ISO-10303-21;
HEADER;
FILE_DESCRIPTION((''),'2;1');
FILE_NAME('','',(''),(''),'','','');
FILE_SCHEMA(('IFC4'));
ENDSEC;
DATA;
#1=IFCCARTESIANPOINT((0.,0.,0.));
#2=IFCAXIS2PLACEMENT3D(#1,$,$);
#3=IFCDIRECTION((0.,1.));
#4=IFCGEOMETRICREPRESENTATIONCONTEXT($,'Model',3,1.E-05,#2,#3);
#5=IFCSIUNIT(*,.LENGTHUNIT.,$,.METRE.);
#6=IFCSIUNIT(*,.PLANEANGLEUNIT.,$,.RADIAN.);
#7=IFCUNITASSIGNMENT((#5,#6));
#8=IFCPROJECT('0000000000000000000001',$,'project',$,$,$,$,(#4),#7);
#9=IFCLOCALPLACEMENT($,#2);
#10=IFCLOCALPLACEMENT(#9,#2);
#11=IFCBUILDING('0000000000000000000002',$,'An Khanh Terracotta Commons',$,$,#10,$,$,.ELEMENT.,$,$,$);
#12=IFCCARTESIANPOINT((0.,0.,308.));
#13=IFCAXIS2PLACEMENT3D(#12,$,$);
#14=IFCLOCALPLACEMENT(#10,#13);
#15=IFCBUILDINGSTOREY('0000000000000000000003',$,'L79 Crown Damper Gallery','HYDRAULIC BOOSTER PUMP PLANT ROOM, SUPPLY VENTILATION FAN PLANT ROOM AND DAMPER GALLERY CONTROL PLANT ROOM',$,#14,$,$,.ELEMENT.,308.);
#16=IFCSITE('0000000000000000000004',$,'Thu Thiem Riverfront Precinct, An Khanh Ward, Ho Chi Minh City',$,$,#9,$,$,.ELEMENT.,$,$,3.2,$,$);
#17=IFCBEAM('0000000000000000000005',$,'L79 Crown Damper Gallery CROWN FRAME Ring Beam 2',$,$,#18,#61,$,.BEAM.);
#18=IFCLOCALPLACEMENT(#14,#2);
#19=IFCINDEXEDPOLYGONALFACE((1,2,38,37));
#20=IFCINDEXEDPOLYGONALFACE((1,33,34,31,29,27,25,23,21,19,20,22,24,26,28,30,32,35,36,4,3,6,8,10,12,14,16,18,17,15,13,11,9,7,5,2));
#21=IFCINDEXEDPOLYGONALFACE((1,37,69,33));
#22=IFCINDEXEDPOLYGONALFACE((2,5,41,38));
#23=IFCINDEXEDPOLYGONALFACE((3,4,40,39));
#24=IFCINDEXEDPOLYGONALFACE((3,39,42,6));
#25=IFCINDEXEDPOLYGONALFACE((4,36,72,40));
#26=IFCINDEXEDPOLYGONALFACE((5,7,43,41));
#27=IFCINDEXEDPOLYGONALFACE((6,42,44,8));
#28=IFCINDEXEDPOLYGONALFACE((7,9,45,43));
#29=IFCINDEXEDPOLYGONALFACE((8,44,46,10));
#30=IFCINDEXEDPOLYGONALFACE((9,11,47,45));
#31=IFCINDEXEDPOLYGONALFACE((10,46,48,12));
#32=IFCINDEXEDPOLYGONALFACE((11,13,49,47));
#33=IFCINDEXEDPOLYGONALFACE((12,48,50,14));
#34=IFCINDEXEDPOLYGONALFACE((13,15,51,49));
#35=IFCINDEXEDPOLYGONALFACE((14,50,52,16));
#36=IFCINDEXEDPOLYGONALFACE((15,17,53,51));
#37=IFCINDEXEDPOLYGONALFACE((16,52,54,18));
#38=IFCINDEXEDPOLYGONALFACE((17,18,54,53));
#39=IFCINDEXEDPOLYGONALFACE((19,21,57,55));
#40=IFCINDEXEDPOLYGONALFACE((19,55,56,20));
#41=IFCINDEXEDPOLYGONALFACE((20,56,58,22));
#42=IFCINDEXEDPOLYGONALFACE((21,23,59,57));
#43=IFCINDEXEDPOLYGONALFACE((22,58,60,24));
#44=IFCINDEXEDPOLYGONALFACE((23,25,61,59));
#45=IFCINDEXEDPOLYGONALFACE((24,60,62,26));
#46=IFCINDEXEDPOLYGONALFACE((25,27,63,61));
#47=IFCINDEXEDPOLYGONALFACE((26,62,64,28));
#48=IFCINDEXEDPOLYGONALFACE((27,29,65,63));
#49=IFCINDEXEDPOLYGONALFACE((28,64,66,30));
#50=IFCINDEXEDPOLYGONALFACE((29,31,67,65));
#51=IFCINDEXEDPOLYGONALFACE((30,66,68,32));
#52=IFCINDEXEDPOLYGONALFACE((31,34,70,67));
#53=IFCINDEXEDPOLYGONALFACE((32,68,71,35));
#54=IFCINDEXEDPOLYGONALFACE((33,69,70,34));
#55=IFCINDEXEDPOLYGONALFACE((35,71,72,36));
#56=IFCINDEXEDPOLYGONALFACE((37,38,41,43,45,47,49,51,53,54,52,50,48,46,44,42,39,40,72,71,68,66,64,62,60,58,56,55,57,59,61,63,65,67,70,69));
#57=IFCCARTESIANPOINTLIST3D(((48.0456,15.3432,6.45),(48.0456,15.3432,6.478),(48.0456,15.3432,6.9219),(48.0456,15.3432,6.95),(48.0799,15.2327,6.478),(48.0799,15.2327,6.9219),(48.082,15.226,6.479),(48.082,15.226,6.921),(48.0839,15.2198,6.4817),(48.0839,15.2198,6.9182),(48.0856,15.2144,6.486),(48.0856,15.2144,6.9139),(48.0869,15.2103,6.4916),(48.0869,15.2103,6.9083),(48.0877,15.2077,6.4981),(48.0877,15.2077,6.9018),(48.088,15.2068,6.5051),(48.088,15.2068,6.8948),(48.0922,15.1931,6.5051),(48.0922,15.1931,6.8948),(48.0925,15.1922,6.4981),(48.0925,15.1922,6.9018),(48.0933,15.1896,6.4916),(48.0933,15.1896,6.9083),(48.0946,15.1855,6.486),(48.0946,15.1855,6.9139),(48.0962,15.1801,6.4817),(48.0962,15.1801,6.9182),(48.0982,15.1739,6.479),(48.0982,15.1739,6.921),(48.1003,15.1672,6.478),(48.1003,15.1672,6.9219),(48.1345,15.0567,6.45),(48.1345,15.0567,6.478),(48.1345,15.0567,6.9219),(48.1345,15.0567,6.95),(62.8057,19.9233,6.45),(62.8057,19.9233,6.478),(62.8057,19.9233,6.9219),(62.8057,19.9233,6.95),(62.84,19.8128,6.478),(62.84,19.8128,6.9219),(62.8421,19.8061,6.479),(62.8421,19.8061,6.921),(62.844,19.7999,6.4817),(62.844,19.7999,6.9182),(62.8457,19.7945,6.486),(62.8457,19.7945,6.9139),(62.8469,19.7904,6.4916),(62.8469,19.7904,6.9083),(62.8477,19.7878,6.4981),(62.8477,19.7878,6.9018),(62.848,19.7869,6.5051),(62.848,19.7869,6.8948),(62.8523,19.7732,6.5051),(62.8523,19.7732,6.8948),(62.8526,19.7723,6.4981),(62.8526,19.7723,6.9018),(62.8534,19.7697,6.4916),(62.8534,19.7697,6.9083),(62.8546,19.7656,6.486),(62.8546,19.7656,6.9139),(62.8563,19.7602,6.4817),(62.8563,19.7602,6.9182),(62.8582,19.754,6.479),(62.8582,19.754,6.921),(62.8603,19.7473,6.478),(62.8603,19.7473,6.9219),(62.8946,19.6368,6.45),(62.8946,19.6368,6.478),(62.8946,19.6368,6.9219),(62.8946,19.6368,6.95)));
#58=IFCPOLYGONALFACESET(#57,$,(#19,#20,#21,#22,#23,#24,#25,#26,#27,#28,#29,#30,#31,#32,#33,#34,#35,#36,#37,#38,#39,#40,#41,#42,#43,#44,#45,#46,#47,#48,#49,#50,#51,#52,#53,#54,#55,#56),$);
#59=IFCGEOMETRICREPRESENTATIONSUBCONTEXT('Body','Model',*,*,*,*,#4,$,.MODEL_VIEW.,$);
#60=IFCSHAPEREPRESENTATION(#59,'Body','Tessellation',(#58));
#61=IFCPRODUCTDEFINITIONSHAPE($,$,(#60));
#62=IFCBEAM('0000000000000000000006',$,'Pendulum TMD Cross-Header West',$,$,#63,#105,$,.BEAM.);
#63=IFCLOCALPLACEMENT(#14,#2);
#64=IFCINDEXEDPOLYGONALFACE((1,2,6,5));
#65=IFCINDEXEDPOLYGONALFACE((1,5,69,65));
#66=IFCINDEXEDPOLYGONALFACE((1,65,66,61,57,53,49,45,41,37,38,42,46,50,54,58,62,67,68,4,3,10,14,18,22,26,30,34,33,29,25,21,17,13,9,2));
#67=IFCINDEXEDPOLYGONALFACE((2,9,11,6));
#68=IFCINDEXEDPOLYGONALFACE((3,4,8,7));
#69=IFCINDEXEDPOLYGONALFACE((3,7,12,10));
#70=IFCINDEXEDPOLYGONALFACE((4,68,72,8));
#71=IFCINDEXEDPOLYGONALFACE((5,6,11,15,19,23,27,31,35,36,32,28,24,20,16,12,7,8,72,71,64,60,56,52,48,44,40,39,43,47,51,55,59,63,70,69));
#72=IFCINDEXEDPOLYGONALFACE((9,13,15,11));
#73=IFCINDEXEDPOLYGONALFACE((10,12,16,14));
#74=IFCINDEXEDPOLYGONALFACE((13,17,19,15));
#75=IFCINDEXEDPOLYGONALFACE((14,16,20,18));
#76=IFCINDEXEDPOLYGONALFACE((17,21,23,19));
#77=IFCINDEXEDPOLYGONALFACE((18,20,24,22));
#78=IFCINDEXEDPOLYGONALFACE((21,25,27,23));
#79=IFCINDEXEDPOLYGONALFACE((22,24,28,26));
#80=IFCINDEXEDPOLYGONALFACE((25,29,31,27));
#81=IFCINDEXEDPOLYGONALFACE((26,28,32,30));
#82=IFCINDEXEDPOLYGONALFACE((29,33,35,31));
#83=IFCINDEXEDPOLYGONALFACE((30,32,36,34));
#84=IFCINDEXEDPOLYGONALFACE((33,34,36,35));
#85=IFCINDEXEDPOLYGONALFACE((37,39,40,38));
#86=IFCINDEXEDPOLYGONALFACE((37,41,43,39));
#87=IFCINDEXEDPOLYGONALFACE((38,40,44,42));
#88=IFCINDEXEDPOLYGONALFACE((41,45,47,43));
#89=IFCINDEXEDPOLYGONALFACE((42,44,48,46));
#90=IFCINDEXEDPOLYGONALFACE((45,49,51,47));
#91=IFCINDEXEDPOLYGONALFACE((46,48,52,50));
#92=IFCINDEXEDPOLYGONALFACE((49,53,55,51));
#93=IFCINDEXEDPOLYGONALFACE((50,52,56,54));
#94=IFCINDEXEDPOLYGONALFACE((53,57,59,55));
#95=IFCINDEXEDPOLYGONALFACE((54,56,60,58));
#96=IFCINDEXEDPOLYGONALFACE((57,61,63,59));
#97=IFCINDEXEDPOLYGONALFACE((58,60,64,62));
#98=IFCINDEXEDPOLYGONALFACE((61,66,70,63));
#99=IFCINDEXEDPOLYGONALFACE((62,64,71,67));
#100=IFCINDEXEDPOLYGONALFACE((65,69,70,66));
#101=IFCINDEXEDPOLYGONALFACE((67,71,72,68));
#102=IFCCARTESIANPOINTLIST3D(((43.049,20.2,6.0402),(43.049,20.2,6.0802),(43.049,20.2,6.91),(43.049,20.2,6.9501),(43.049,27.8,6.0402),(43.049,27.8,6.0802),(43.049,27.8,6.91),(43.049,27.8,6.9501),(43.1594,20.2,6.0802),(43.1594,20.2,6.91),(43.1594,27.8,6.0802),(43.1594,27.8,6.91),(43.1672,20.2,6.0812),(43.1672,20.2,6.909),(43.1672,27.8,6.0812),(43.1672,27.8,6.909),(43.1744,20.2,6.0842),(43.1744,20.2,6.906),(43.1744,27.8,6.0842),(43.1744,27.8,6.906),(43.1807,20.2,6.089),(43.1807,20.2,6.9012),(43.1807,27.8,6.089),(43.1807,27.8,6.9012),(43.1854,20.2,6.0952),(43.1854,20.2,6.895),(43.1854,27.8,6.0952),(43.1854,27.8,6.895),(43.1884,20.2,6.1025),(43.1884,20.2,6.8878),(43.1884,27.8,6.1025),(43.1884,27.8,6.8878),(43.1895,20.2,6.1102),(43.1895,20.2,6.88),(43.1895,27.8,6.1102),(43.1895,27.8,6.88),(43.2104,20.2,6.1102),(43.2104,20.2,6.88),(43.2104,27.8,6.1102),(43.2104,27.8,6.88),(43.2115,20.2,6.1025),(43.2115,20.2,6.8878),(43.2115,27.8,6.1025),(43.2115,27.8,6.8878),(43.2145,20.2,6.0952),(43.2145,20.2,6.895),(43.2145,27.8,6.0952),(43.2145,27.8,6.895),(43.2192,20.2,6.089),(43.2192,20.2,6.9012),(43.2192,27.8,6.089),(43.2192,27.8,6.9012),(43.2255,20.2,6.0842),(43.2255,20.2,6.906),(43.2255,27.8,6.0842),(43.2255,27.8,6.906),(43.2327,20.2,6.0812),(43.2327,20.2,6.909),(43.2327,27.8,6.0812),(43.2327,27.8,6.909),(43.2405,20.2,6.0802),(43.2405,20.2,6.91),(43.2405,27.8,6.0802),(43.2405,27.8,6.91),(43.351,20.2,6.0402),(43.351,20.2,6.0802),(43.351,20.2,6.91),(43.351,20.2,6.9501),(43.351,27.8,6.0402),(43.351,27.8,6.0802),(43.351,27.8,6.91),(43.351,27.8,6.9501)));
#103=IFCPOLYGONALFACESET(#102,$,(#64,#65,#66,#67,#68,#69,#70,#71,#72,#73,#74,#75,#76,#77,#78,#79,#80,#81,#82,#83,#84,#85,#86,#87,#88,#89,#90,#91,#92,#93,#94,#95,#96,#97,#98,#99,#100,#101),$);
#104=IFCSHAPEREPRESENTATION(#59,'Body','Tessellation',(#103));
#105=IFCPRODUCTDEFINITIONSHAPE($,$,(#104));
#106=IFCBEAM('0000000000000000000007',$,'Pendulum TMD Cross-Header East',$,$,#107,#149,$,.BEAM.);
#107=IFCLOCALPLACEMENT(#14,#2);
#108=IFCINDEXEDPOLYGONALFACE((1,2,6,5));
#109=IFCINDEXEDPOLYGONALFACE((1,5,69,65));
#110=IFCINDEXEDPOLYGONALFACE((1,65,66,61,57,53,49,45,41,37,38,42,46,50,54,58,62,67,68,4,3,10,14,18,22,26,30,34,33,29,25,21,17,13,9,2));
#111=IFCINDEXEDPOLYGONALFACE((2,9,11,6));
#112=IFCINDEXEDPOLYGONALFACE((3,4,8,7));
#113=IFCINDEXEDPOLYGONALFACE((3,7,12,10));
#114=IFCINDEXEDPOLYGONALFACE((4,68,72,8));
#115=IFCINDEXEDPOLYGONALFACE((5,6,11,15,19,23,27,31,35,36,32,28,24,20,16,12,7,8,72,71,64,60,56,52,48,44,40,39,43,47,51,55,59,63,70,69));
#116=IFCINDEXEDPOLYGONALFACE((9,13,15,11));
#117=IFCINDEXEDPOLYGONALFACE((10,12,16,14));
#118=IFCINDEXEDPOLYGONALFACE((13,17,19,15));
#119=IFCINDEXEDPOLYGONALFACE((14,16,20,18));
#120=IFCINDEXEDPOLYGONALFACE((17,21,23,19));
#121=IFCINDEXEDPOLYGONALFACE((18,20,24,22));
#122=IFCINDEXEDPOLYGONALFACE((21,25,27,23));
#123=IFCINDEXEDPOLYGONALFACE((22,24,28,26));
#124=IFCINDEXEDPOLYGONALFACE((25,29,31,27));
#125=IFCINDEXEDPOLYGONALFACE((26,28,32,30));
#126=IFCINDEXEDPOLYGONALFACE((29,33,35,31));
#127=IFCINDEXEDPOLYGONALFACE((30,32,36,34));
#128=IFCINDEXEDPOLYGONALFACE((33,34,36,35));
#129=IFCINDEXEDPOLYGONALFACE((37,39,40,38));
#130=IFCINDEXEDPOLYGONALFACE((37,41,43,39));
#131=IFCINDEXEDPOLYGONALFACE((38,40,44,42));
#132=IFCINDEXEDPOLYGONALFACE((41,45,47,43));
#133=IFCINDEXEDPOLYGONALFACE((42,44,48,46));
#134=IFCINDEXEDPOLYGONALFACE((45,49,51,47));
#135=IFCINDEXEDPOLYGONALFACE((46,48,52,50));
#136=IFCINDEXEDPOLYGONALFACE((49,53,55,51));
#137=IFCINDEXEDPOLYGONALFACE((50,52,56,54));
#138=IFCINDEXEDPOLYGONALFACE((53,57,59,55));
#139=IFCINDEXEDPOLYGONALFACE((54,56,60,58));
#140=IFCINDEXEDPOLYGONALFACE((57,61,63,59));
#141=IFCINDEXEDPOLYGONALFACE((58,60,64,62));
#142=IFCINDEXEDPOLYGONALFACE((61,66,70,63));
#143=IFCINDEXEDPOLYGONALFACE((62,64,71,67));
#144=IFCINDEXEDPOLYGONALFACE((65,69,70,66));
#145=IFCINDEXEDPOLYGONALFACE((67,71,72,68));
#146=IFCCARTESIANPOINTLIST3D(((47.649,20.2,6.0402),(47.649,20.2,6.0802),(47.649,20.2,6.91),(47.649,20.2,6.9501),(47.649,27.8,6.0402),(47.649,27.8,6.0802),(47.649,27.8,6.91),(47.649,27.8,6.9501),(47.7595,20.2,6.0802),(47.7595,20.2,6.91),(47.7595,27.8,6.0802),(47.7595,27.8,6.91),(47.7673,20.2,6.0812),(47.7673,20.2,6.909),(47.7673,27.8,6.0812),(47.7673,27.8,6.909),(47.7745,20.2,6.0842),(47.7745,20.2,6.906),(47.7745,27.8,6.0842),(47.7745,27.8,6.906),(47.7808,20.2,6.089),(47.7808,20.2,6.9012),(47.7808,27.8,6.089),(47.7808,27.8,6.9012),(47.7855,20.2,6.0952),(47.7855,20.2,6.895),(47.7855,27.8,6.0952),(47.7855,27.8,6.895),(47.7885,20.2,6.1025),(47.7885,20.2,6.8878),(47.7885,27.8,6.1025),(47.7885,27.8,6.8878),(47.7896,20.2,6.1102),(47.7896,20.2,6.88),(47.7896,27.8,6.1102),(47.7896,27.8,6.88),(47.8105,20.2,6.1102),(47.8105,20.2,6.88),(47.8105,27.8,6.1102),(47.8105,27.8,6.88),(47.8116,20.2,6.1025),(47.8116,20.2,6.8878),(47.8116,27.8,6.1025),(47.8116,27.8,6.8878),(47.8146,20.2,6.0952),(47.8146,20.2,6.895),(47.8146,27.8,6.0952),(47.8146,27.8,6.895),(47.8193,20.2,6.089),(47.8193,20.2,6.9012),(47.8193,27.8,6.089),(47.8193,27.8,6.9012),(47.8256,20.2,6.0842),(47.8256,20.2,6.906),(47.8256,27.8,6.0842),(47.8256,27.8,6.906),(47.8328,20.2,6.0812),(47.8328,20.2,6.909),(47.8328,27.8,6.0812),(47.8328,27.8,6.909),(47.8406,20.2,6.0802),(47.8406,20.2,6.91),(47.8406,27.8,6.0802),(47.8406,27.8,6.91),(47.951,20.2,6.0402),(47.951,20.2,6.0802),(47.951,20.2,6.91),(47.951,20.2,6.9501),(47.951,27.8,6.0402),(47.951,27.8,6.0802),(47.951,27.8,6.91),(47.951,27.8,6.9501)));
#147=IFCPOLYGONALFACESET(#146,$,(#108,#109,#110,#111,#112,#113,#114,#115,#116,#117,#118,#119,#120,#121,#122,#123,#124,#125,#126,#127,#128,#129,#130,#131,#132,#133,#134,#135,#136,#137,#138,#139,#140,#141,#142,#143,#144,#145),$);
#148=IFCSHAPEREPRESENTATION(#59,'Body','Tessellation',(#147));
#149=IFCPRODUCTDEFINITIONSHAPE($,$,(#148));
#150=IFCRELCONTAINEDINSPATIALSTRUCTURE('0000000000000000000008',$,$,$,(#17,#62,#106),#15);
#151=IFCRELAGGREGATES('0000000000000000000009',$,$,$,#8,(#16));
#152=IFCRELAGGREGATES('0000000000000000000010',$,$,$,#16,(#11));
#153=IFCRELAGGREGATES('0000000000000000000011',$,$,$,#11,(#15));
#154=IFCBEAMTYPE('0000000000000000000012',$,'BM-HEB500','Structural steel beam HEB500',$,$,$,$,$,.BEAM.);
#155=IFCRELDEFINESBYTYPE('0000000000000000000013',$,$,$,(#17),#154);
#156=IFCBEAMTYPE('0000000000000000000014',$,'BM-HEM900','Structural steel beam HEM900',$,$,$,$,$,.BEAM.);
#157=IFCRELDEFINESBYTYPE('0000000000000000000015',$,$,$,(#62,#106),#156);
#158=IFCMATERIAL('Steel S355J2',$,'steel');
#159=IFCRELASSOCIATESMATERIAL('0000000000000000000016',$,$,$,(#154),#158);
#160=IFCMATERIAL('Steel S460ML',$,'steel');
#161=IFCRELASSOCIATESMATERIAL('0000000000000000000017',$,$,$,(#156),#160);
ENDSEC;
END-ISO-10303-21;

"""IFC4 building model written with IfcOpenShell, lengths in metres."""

from ifc_helpers import new_model, si_unit, direction, frame, origin, origin_2d, place, context, subcontext, project, spatial, i_section, extrude, material, material_profile, profile_set, type_object, element, save


model = new_model("IFC4")

# Units and contexts
model_context = context("Model", 3, precision=1e-05, world=origin(), true_north=direction((0.0, 1.0)))
body_context = subcontext(model_context, "Body", "Model", "MODEL_VIEW")
ifc_project = project(units=[si_unit("LENGTHUNIT", "METRE"), si_unit("PLANEANGLEUNIT", "RADIAN")], contexts=[model_context])

# Site, building, storey
site_placement = place(None, origin())
site = spatial("IfcSite", under=ifc_project, at=site_placement, Name="Thu Thiem Riverfront Precinct, An Khanh Ward, Ho Chi Minh City", CompositionType="ELEMENT", RefElevation=3.2)
building_placement = place(site_placement, origin())
building = spatial("IfcBuilding", under=site, at=building_placement, Name="An Khanh Terracotta Commons", CompositionType="ELEMENT")
storey_placement = place(building_placement, frame((0.0, 0.0, 308.0)))
storey = spatial("IfcBuildingStorey", under=building, at=storey_placement, Name="L79 Crown Damper Gallery", Description="HYDRAULIC BOOSTER PUMP PLANT ROOM, SUPPLY VENTILATION FAN PLANT ROOM AND DAMPER GALLERY CONTROL PLANT ROOM", CompositionType="ELEMENT", Elevation=308.0)

# Beams
ifc_material_1 = material(Name="Steel S355J2", Category="steel")
ifc_material_profile_1 = material_profile(ifc_material_1, i_section(OverallWidth=0.3, OverallDepth=0.5, WebThickness=0.0144, FlangeThickness=0.0281, FilletRadius=0.0271, at=origin_2d()), Name="HEB500")
ifc_profile_set_1 = profile_set([ifc_material_profile_1], Name="Steel S355J2")
beam_type_1 = type_object("IfcBeamType", Name="BM-HEB500", Description="Structural steel beam HEB500", PredefinedType="BEAM", material=ifc_profile_set_1)
beam_placement = place(storey_placement, frame((48.0901, 15.2, 6.7), z_axis=(0.955075, 0.296363, 0.0), x_axis=(-0.296363, 0.955075, 0.0)))
element("IfcBeam", 1, at=beam_placement, inside=storey, type_object=beam_type_1, Name="L79 Crown Damper Gallery CROWN FRAME Ring Beam 2", PredefinedType="BEAM", context=body_context, shape_type="SweptSolid", body=[
    extrude(i_section(OverallWidth=0.3, OverallDepth=0.5, WebThickness=0.0144, FlangeThickness=0.0281, FilletRadius=0.0271, at=origin_2d()), origin(), (0.0, 0.0, 1.0), 15.4543),
])
ifc_material_2 = material(Name="Steel S460ML", Category="steel")
ifc_material_profile_2 = material_profile(ifc_material_2, i_section(OverallWidth=0.302, OverallDepth=0.9099, WebThickness=0.021, FlangeThickness=0.04, FilletRadius=0.03, at=origin_2d()), Name="HEM900")
ifc_profile_set_2 = profile_set([ifc_material_profile_2], Name="Steel S460ML")
beam_type_2 = type_object("IfcBeamType", Name="BM-HEM900", Description="Structural steel beam HEM900", PredefinedType="BEAM", material=ifc_profile_set_2)
for number, where, z_axis, x_axis, name in (
    (2, (43.2, 20.2, 6.4951), (0.0, 1.0, 0.0), (-1.0, 0.0, 0.0), "Pendulum TMD Cross-Header West"),
    (3, (47.8, 20.2, 6.4951), (0.0, 1.0, 0.0), (-1.0, 0.0, 0.0), "Pendulum TMD Cross-Header East"),
):
    element("IfcBeam", number, at=place(storey_placement, frame(where, z_axis=z_axis, x_axis=x_axis)), inside=storey, type_object=beam_type_2, Name=name, PredefinedType="BEAM", context=body_context, shape_type="SweptSolid", body=[
        extrude(i_section(OverallWidth=0.302, OverallDepth=0.9099, WebThickness=0.021, FlangeThickness=0.04, FilletRadius=0.03, at=origin_2d()), origin(), (0.0, 0.0, 1.0), 7.6001),
    ])

save(model, "model.ifc")
